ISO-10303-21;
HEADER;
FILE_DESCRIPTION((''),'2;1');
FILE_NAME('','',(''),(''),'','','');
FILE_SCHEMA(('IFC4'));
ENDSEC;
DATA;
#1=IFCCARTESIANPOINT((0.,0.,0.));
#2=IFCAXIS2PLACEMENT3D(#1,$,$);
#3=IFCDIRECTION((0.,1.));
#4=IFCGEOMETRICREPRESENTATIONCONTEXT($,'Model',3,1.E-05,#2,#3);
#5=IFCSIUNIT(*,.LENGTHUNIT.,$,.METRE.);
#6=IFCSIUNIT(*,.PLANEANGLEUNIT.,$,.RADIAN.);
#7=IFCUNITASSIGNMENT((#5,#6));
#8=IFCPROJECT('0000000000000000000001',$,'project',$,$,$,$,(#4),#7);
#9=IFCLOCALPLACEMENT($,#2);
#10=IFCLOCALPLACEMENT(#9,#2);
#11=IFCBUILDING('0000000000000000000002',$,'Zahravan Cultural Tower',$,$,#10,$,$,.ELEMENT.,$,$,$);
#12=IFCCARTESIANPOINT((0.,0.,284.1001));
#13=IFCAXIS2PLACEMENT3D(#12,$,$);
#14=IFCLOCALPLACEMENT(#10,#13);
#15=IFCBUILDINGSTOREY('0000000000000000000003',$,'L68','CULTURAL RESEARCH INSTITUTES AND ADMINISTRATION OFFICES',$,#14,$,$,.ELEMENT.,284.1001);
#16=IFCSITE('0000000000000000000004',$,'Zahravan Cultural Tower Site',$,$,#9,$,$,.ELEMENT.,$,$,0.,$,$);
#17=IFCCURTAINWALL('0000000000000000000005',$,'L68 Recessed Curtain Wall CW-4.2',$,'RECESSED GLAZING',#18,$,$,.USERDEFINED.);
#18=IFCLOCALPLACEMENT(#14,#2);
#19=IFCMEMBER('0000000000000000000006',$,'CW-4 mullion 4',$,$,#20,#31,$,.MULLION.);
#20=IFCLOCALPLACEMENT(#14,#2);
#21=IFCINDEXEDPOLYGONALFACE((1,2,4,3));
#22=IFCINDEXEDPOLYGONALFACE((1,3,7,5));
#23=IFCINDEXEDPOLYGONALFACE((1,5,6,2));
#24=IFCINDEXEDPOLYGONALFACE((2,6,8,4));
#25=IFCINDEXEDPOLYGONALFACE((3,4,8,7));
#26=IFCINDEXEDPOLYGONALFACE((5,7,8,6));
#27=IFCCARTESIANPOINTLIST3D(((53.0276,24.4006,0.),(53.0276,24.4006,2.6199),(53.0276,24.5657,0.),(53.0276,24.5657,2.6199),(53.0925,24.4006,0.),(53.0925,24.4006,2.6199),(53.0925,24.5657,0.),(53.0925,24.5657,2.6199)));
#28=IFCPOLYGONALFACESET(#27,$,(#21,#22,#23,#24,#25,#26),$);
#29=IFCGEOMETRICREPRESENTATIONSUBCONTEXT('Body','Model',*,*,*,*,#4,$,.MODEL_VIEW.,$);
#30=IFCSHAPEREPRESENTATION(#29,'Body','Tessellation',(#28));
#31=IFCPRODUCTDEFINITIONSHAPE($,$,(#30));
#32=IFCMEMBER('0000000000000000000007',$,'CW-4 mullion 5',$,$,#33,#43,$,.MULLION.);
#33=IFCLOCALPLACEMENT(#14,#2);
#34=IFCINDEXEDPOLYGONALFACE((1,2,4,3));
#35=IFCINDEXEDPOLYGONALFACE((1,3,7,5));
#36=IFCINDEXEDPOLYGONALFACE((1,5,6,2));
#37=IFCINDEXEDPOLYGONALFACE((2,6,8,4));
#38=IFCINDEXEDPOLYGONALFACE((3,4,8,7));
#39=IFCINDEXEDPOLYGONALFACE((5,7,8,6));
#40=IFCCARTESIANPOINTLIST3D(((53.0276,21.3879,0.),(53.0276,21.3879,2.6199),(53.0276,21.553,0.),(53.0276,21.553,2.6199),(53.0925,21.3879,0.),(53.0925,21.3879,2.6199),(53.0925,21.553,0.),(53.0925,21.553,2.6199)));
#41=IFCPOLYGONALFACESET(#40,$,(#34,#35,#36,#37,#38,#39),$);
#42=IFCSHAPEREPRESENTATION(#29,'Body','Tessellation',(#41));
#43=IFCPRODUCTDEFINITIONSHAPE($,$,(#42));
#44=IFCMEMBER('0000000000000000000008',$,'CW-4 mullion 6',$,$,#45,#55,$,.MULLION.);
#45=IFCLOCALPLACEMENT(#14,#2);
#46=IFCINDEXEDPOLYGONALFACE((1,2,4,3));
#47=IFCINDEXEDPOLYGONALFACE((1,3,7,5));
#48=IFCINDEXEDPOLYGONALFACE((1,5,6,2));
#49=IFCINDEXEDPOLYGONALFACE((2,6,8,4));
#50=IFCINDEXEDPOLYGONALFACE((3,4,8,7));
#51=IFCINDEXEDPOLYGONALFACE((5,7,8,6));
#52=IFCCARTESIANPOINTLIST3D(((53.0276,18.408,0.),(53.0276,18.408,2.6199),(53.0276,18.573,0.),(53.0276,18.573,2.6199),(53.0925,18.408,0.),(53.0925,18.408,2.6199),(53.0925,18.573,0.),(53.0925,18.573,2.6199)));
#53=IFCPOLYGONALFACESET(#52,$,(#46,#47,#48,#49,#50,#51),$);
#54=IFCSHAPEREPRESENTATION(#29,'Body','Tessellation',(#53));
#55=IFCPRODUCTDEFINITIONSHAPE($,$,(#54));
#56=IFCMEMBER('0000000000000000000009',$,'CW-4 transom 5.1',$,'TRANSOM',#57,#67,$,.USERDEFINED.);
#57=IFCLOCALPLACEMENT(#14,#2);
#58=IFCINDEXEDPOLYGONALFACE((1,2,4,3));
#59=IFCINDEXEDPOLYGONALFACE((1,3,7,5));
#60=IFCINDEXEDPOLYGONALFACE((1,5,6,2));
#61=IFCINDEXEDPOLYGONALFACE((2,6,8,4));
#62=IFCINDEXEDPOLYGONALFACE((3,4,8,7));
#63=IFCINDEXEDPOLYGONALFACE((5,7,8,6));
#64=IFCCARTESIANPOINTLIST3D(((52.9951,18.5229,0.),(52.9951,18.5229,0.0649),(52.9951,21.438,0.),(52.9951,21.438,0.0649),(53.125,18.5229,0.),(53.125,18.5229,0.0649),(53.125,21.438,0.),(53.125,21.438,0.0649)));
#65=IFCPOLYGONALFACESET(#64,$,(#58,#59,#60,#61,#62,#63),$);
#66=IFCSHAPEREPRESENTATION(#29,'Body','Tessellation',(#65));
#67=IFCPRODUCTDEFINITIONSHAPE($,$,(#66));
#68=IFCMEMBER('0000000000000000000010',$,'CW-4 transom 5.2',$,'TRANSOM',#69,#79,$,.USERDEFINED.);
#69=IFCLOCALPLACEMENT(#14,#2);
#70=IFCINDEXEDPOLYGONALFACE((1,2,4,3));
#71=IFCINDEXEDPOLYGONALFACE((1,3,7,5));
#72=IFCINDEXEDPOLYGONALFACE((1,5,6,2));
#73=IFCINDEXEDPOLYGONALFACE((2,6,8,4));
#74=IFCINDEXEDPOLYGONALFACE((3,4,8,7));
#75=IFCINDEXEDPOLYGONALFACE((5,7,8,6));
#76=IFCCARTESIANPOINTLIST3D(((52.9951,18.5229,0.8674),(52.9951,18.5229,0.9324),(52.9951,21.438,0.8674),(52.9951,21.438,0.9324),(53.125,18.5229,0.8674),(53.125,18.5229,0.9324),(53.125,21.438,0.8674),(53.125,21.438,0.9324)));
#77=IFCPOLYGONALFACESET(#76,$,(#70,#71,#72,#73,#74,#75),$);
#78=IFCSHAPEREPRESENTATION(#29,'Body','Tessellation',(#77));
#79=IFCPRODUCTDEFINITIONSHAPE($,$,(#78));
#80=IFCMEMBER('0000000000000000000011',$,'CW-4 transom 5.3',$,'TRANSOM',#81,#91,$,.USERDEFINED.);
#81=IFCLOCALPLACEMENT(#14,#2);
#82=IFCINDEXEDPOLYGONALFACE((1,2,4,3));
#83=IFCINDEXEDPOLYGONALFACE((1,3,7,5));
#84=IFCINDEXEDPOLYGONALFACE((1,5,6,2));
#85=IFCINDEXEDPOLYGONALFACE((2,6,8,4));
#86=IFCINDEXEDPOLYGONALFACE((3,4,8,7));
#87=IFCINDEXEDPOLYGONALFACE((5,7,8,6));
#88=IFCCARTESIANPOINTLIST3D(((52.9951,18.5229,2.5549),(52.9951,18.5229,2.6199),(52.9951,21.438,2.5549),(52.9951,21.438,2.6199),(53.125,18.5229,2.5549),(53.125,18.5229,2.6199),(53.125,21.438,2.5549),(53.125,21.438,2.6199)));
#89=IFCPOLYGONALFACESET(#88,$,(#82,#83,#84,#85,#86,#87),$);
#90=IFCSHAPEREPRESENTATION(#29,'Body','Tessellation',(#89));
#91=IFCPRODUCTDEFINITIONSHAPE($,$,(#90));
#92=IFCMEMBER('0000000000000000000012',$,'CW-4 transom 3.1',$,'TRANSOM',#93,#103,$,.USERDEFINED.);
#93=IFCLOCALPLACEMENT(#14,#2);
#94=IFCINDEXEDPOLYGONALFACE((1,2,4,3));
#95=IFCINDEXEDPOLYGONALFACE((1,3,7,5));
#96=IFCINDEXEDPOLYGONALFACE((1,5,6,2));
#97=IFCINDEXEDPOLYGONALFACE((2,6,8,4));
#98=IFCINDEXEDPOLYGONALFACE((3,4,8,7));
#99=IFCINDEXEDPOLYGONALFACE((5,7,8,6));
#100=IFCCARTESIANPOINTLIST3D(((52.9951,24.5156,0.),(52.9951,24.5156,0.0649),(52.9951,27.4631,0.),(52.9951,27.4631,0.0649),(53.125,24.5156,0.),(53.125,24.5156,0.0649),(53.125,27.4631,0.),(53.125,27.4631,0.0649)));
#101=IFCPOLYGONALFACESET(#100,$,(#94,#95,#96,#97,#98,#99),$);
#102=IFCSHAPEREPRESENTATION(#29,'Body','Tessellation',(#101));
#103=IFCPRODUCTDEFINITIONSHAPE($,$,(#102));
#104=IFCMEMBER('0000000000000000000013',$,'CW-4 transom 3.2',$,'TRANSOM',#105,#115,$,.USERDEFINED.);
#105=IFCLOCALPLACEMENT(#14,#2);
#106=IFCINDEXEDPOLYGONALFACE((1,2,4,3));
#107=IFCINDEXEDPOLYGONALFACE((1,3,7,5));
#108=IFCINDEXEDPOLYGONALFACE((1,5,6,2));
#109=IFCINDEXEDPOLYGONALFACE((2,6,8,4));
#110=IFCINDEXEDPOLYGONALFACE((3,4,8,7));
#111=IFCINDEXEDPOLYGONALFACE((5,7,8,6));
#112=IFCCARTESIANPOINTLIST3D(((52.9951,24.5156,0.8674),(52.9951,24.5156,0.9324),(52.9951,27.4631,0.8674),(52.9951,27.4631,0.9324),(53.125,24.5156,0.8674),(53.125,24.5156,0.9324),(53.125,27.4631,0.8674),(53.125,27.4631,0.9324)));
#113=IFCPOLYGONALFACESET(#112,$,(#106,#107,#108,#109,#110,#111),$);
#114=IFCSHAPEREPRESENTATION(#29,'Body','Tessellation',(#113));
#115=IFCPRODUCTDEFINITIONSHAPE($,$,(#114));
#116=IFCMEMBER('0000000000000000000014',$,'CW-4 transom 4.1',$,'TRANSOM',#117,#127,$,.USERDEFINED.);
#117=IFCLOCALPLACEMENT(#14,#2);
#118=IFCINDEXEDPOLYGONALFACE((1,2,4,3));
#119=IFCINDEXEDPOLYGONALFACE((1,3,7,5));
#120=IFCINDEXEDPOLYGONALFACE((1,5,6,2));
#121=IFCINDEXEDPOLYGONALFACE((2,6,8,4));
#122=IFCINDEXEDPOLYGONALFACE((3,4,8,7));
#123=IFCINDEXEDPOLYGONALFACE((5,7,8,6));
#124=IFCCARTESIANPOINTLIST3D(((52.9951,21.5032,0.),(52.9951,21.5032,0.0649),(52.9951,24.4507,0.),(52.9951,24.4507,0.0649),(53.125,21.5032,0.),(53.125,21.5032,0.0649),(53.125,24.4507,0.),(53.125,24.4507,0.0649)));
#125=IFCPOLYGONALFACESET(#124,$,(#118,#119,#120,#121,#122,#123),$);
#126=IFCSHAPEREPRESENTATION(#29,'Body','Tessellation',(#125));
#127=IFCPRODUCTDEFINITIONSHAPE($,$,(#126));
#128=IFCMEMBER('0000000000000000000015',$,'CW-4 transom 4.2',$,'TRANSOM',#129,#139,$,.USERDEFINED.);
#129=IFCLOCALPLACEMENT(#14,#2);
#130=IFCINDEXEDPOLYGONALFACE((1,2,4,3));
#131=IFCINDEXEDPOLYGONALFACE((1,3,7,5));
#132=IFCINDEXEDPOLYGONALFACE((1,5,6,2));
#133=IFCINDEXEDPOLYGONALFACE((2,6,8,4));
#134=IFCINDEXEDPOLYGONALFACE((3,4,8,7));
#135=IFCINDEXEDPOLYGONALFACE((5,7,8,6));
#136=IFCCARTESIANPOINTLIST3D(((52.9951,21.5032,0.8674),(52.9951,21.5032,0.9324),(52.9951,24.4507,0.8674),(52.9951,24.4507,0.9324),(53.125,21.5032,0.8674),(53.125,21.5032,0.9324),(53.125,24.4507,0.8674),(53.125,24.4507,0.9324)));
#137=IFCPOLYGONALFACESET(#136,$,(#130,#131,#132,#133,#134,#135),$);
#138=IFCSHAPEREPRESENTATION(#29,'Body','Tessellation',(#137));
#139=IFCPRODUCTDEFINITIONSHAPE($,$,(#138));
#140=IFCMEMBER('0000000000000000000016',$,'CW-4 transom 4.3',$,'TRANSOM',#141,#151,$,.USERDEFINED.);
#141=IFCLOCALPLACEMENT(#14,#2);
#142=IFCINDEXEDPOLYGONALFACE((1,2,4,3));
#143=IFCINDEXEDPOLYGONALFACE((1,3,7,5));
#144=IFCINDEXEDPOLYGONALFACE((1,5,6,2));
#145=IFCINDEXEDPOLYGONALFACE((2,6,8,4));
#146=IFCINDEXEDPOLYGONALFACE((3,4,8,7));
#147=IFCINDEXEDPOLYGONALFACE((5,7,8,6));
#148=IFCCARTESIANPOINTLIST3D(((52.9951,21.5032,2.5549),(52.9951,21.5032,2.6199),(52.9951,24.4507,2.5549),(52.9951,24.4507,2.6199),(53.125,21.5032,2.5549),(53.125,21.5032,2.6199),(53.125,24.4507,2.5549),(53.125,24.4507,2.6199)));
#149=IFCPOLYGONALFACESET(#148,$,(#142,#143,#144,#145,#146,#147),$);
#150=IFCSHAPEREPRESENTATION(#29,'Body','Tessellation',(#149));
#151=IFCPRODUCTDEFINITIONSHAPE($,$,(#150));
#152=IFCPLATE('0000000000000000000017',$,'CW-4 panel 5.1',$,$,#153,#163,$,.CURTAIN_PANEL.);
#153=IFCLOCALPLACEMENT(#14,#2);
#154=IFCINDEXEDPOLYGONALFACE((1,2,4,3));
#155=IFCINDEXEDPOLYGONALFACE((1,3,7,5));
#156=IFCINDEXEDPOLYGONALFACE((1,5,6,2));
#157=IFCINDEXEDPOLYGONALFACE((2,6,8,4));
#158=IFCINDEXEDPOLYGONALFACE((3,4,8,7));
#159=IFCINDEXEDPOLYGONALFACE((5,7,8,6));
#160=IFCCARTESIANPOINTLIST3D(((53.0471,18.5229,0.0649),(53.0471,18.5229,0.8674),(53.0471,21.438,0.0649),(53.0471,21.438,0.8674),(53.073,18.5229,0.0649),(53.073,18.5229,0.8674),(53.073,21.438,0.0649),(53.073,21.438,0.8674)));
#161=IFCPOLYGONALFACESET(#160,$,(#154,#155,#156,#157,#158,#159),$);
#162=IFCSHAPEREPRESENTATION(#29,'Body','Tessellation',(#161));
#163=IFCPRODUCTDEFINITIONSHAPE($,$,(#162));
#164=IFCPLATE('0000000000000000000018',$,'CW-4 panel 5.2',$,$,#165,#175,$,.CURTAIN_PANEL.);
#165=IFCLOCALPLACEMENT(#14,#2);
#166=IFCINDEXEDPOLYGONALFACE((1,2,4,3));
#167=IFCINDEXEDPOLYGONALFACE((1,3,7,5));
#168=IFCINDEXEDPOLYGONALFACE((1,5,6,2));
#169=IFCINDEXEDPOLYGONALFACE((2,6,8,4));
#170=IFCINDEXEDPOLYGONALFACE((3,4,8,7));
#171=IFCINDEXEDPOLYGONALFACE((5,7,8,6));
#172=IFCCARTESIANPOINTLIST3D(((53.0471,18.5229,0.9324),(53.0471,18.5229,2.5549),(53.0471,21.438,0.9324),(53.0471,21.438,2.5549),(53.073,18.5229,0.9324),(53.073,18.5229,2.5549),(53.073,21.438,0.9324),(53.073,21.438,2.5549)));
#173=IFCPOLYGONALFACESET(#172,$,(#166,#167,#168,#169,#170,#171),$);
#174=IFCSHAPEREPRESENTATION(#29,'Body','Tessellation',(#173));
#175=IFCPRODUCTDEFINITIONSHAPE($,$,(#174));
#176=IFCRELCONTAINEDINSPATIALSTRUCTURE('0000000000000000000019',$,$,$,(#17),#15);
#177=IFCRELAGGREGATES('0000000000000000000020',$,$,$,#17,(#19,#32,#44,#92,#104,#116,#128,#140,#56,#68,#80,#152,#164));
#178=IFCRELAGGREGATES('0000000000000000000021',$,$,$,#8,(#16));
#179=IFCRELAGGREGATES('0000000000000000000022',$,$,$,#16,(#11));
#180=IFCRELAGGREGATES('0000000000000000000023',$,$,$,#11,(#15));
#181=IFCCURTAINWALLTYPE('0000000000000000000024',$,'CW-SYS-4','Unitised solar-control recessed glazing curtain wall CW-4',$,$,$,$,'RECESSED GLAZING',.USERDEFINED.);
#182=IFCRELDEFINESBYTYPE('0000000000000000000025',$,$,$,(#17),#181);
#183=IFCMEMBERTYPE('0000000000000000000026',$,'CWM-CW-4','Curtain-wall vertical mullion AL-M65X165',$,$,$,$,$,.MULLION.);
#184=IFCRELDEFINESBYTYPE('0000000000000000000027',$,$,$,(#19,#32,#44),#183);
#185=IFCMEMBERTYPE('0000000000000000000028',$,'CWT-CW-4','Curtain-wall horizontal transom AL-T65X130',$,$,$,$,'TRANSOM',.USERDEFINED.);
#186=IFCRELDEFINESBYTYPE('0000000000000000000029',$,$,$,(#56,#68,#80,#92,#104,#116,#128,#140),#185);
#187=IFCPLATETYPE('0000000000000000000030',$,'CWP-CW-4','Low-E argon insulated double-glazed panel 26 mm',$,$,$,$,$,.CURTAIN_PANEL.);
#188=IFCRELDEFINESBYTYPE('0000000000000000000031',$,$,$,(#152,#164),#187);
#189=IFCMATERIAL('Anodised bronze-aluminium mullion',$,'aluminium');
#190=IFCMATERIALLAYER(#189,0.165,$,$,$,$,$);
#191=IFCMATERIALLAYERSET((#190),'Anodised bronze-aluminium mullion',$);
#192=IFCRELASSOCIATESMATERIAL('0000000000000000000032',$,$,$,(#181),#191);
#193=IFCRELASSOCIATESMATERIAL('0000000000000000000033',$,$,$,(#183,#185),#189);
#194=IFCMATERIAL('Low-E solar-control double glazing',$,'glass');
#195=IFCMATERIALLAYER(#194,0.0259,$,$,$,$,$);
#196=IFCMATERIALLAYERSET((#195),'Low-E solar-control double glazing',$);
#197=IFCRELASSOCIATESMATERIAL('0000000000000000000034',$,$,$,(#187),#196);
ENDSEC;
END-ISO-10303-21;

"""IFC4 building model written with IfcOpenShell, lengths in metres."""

from ifc_helpers import new_model, si_unit, direction, frame, origin, origin_2d, place, context, subcontext, project, spatial, rectangle, extrude, source, transform, mapped, material, layer, layer_set, material_profile, profile_set, type_object, element, aggregate, save


model = new_model("IFC4")

# Units and contexts
model_context = context("Model", 3, precision=1e-05, world=origin(), true_north=direction((0.0, 1.0)))
body_context = subcontext(model_context, "Body", "Model", "MODEL_VIEW")
ifc_project = project(units=[si_unit("LENGTHUNIT", "METRE"), si_unit("PLANEANGLEUNIT", "RADIAN")], contexts=[model_context])

# Site, building, storey
site_placement = place(None, origin())
site = spatial("IfcSite", under=ifc_project, at=site_placement, Name="Zahravan Cultural Tower Site", CompositionType="ELEMENT", RefElevation=0.0)
building_placement = place(site_placement, origin())
building = spatial("IfcBuilding", under=site, at=building_placement, Name="Zahravan Cultural Tower", CompositionType="ELEMENT")
storey_placement = place(building_placement, frame((0.0, 0.0, 284.1001)))
storey = spatial("IfcBuildingStorey", under=building, at=storey_placement, Name="L68", Description="CULTURAL RESEARCH INSTITUTES AND ADMINISTRATION OFFICES", CompositionType="ELEMENT", Elevation=284.1001)

# Curtain wall, members, plates
ifc_material_1 = material(Name="Anodised bronze-aluminium mullion", Category="aluminium")
ifc_layer_1 = layer(ifc_material_1, 0.165)
ifc_layer_set_1 = layer_set([ifc_layer_1], Name="Anodised bronze-aluminium mullion")
curtain_wall_type = type_object("IfcCurtainWallType", Name="CW-SYS-4", Description="Unitised solar-control recessed glazing curtain wall CW-4", ElementType="RECESSED GLAZING", PredefinedType="USERDEFINED", material=ifc_layer_set_1)
curtain_wall_placement = place(storey_placement, origin())
curtain_wall = element("IfcCurtainWall", 1, at=curtain_wall_placement, inside=storey, type_object=curtain_wall_type, Name="L68 Recessed Curtain Wall CW-4.2", ObjectType="RECESSED GLAZING", PredefinedType="USERDEFINED")
ifc_material_profile_1 = material_profile(ifc_material_1, rectangle(XDim=0.0649, YDim=0.165, at=origin_2d()), Name="AL-M65X165")
ifc_profile_set_1 = profile_set([ifc_material_profile_1], Name="Anodised bronze-aluminium mullion")
member_type_1 = type_object("IfcMemberType", Name="CWM-CW-4", Description="Curtain-wall vertical mullion AL-M65X165", PredefinedType="MULLION", material=ifc_profile_set_1)
shared_shape_1 = source(origin(), body_context, "Body", "SweptSolid", [
    extrude(rectangle(XDim=0.0649, YDim=0.165, at=origin_2d()), origin(), (0.0, 0.0, 1.0), 2.6199),
])
member_1_placement = place(storey_placement, frame((53.0601, 24.4832, 0.0), z_axis=(0.0, 0.0, 1.0), x_axis=(1.0, 0.0, 0.0)))
member_1 = element("IfcMember", 2, at=member_1_placement, type_object=member_type_1, Name="CW-4 mullion 4", PredefinedType="MULLION", context=body_context, shape_type="MappedRepresentation", body=[
    mapped(shared_shape_1, transform((0.0, 0.0, 0.0), x_axis=(1.0, 0.0, 0.0), y_axis=(0.0, 1.0, 0.0), z_axis=(0.0, 0.0, 1.0), scale=1.0)),
])
member_2_placement = place(storey_placement, frame((53.0601, 21.4705, 0.0), z_axis=(0.0, 0.0, 1.0), x_axis=(1.0, 0.0, 0.0)))
member_2 = element("IfcMember", 3, at=member_2_placement, type_object=member_type_1, Name="CW-4 mullion 5", PredefinedType="MULLION", context=body_context, shape_type="MappedRepresentation", body=[
    mapped(shared_shape_1, transform((0.0, 0.0, 0.0), x_axis=(1.0, 0.0, 0.0), y_axis=(0.0, 1.0, 0.0), z_axis=(0.0, 0.0, 1.0), scale=1.0)),
])
member_3_placement = place(storey_placement, frame((53.0601, 18.4905, 0.0), z_axis=(0.0, 0.0, 1.0), x_axis=(1.0, 0.0, 0.0)))
member_3 = element("IfcMember", 4, at=member_3_placement, type_object=member_type_1, Name="CW-4 mullion 6", PredefinedType="MULLION", context=body_context, shape_type="MappedRepresentation", body=[
    mapped(shared_shape_1, transform((0.0, 0.0, 0.0), x_axis=(1.0, 0.0, 0.0), y_axis=(0.0, 1.0, 0.0), z_axis=(0.0, 0.0, 1.0), scale=1.0)),
])
ifc_material_profile_2 = material_profile(ifc_material_1, rectangle(XDim=0.1299, YDim=0.0649, at=origin_2d()), Name="AL-T65X130")
ifc_profile_set_2 = profile_set([ifc_material_profile_2], Name="Anodised bronze-aluminium mullion")
member_type_2 = type_object("IfcMemberType", Name="CWT-CW-4", Description="Curtain-wall horizontal transom AL-T65X130", ElementType="TRANSOM", PredefinedType="USERDEFINED", material=ifc_profile_set_2)
shared_shape_2 = source(origin(), body_context, "Body", "SweptSolid", [
    extrude(rectangle(XDim=0.1299, YDim=0.0649, at=origin_2d()), origin(), (0.0, 0.0, 1.0), 2.915),
])
member_4_placement = place(storey_placement, frame((53.0601, 21.438, 0.0325), z_axis=(0.0, -1.0, 0.0), x_axis=(1.0, 0.0, 0.0)))
member_4 = element("IfcMember", 5, at=member_4_placement, type_object=member_type_2, Name="CW-4 transom 5.1", ObjectType="TRANSOM", PredefinedType="USERDEFINED", context=body_context, shape_type="MappedRepresentation", body=[
    mapped(shared_shape_2, transform((0.0, 0.0, 0.0), x_axis=(1.0, 0.0, 0.0), y_axis=(0.0, 1.0, 0.0), z_axis=(0.0, 0.0, 1.0), scale=1.0)),
])
member_5_placement = place(storey_placement, frame((53.0601, 21.438, 0.8999), z_axis=(0.0, -1.0, 0.0), x_axis=(1.0, 0.0, 0.0)))
member_5 = element("IfcMember", 6, at=member_5_placement, type_object=member_type_2, Name="CW-4 transom 5.2", ObjectType="TRANSOM", PredefinedType="USERDEFINED", context=body_context, shape_type="MappedRepresentation", body=[
    mapped(shared_shape_2, transform((0.0, 0.0, 0.0), x_axis=(1.0, 0.0, 0.0), y_axis=(0.0, 1.0, 0.0), z_axis=(0.0, 0.0, 1.0), scale=1.0)),
])
member_6_placement = place(storey_placement, frame((53.0601, 21.438, 2.5874), z_axis=(0.0, -1.0, 0.0), x_axis=(1.0, 0.0, 0.0)))
member_6 = element("IfcMember", 7, at=member_6_placement, type_object=member_type_2, Name="CW-4 transom 5.3", ObjectType="TRANSOM", PredefinedType="USERDEFINED", context=body_context, shape_type="MappedRepresentation", body=[
    mapped(shared_shape_2, transform((0.0, 0.0, 0.0), x_axis=(1.0, 0.0, 0.0), y_axis=(0.0, 1.0, 0.0), z_axis=(0.0, 0.0, 1.0), scale=1.0)),
])
shared_shape_3 = source(origin(), body_context, "Body", "SweptSolid", [
    extrude(rectangle(XDim=0.1299, YDim=0.0649, at=origin_2d()), origin(), (0.0, 0.0, 1.0), 2.9475),
])
member_7_placement = place(storey_placement, frame((53.0601, 27.4631, 0.0325), z_axis=(0.0, -1.0, 0.0), x_axis=(1.0, 0.0, 0.0)))
member_7 = element("IfcMember", 8, at=member_7_placement, type_object=member_type_2, Name="CW-4 transom 3.1", ObjectType="TRANSOM", PredefinedType="USERDEFINED", context=body_context, shape_type="MappedRepresentation", body=[
    mapped(shared_shape_3, transform((0.0, 0.0, 0.0), x_axis=(1.0, 0.0, 0.0), y_axis=(0.0, 1.0, 0.0), z_axis=(0.0, 0.0, 1.0), scale=1.0)),
])
member_8_placement = place(storey_placement, frame((53.0601, 27.4631, 0.8999), z_axis=(0.0, -1.0, 0.0), x_axis=(1.0, 0.0, 0.0)))
member_8 = element("IfcMember", 9, at=member_8_placement, type_object=member_type_2, Name="CW-4 transom 3.2", ObjectType="TRANSOM", PredefinedType="USERDEFINED", context=body_context, shape_type="MappedRepresentation", body=[
    mapped(shared_shape_3, transform((0.0, 0.0, 0.0), x_axis=(1.0, 0.0, 0.0), y_axis=(0.0, 1.0, 0.0), z_axis=(0.0, 0.0, 1.0), scale=1.0)),
])
member_9_placement = place(storey_placement, frame((53.0601, 24.4507, 0.0325), z_axis=(0.0, -1.0, 0.0), x_axis=(1.0, 0.0, 0.0)))
member_9 = element("IfcMember", 10, at=member_9_placement, type_object=member_type_2, Name="CW-4 transom 4.1", ObjectType="TRANSOM", PredefinedType="USERDEFINED", context=body_context, shape_type="MappedRepresentation", body=[
    mapped(shared_shape_3, transform((0.0, 0.0, 0.0), x_axis=(1.0, 0.0, 0.0), y_axis=(0.0, 1.0, 0.0), z_axis=(0.0, 0.0, 1.0), scale=1.0)),
])
member_10_placement = place(storey_placement, frame((53.0601, 24.4507, 0.8999), z_axis=(0.0, -1.0, 0.0), x_axis=(1.0, 0.0, 0.0)))
member_10 = element("IfcMember", 11, at=member_10_placement, type_object=member_type_2, Name="CW-4 transom 4.2", ObjectType="TRANSOM", PredefinedType="USERDEFINED", context=body_context, shape_type="MappedRepresentation", body=[
    mapped(shared_shape_3, transform((0.0, 0.0, 0.0), x_axis=(1.0, 0.0, 0.0), y_axis=(0.0, 1.0, 0.0), z_axis=(0.0, 0.0, 1.0), scale=1.0)),
])
member_11_placement = place(storey_placement, frame((53.0601, 24.4507, 2.5874), z_axis=(0.0, -1.0, 0.0), x_axis=(1.0, 0.0, 0.0)))
member_11 = element("IfcMember", 12, at=member_11_placement, type_object=member_type_2, Name="CW-4 transom 4.3", ObjectType="TRANSOM", PredefinedType="USERDEFINED", context=body_context, shape_type="MappedRepresentation", body=[
    mapped(shared_shape_3, transform((0.0, 0.0, 0.0), x_axis=(1.0, 0.0, 0.0), y_axis=(0.0, 1.0, 0.0), z_axis=(0.0, 0.0, 1.0), scale=1.0)),
])
ifc_material_2 = material(Name="Low-E solar-control double glazing", Category="glass")
ifc_layer_2 = layer(ifc_material_2, 0.0259)
ifc_layer_set_2 = layer_set([ifc_layer_2], Name="Low-E solar-control double glazing")
plate_type = type_object("IfcPlateType", Name="CWP-CW-4", Description="Low-E argon insulated double-glazed panel 26 mm", PredefinedType="CURTAIN_PANEL", material=ifc_layer_set_2)
shared_shape_4 = source(origin(), body_context, "Body", "SweptSolid", [
    extrude(rectangle(XDim=2.915, YDim=0.0259, at=origin_2d()), origin(), (0.0, 0.0, 1.0), 0.8025),
])
plate_1_placement = place(storey_placement, frame((53.0601, 19.9805, 0.0649), z_axis=(0.0, 0.0, 1.0), x_axis=(0.0, -1.0, 0.0)))
plate_1 = element("IfcPlate", 13, at=plate_1_placement, type_object=plate_type, Name="CW-4 panel 5.1", PredefinedType="CURTAIN_PANEL", context=body_context, shape_type="MappedRepresentation", body=[
    mapped(shared_shape_4, transform((0.0, 0.0, 0.0), x_axis=(1.0, 0.0, 0.0), y_axis=(0.0, 1.0, 0.0), z_axis=(0.0, 0.0, 1.0), scale=1.0)),
])
shared_shape_5 = source(origin(), body_context, "Body", "SweptSolid", [
    extrude(rectangle(XDim=2.915, YDim=0.0259, at=origin_2d()), origin(), (0.0, 0.0, 1.0), 1.6226),
])
plate_2_placement = place(storey_placement, frame((53.0601, 19.9805, 0.9324), z_axis=(0.0, 0.0, 1.0), x_axis=(0.0, -1.0, 0.0)))
plate_2 = element("IfcPlate", 14, at=plate_2_placement, type_object=plate_type, Name="CW-4 panel 5.2", PredefinedType="CURTAIN_PANEL", context=body_context, shape_type="MappedRepresentation", body=[
    mapped(shared_shape_5, transform((0.0, 0.0, 0.0), x_axis=(1.0, 0.0, 0.0), y_axis=(0.0, 1.0, 0.0), z_axis=(0.0, 0.0, 1.0), scale=1.0)),
])
aggregate(curtain_wall, [member_1, member_2, member_3, member_7, member_8, member_9, member_10, member_11, member_4, member_5, member_6, plate_1, plate_2])

save(model, "model.ifc")
